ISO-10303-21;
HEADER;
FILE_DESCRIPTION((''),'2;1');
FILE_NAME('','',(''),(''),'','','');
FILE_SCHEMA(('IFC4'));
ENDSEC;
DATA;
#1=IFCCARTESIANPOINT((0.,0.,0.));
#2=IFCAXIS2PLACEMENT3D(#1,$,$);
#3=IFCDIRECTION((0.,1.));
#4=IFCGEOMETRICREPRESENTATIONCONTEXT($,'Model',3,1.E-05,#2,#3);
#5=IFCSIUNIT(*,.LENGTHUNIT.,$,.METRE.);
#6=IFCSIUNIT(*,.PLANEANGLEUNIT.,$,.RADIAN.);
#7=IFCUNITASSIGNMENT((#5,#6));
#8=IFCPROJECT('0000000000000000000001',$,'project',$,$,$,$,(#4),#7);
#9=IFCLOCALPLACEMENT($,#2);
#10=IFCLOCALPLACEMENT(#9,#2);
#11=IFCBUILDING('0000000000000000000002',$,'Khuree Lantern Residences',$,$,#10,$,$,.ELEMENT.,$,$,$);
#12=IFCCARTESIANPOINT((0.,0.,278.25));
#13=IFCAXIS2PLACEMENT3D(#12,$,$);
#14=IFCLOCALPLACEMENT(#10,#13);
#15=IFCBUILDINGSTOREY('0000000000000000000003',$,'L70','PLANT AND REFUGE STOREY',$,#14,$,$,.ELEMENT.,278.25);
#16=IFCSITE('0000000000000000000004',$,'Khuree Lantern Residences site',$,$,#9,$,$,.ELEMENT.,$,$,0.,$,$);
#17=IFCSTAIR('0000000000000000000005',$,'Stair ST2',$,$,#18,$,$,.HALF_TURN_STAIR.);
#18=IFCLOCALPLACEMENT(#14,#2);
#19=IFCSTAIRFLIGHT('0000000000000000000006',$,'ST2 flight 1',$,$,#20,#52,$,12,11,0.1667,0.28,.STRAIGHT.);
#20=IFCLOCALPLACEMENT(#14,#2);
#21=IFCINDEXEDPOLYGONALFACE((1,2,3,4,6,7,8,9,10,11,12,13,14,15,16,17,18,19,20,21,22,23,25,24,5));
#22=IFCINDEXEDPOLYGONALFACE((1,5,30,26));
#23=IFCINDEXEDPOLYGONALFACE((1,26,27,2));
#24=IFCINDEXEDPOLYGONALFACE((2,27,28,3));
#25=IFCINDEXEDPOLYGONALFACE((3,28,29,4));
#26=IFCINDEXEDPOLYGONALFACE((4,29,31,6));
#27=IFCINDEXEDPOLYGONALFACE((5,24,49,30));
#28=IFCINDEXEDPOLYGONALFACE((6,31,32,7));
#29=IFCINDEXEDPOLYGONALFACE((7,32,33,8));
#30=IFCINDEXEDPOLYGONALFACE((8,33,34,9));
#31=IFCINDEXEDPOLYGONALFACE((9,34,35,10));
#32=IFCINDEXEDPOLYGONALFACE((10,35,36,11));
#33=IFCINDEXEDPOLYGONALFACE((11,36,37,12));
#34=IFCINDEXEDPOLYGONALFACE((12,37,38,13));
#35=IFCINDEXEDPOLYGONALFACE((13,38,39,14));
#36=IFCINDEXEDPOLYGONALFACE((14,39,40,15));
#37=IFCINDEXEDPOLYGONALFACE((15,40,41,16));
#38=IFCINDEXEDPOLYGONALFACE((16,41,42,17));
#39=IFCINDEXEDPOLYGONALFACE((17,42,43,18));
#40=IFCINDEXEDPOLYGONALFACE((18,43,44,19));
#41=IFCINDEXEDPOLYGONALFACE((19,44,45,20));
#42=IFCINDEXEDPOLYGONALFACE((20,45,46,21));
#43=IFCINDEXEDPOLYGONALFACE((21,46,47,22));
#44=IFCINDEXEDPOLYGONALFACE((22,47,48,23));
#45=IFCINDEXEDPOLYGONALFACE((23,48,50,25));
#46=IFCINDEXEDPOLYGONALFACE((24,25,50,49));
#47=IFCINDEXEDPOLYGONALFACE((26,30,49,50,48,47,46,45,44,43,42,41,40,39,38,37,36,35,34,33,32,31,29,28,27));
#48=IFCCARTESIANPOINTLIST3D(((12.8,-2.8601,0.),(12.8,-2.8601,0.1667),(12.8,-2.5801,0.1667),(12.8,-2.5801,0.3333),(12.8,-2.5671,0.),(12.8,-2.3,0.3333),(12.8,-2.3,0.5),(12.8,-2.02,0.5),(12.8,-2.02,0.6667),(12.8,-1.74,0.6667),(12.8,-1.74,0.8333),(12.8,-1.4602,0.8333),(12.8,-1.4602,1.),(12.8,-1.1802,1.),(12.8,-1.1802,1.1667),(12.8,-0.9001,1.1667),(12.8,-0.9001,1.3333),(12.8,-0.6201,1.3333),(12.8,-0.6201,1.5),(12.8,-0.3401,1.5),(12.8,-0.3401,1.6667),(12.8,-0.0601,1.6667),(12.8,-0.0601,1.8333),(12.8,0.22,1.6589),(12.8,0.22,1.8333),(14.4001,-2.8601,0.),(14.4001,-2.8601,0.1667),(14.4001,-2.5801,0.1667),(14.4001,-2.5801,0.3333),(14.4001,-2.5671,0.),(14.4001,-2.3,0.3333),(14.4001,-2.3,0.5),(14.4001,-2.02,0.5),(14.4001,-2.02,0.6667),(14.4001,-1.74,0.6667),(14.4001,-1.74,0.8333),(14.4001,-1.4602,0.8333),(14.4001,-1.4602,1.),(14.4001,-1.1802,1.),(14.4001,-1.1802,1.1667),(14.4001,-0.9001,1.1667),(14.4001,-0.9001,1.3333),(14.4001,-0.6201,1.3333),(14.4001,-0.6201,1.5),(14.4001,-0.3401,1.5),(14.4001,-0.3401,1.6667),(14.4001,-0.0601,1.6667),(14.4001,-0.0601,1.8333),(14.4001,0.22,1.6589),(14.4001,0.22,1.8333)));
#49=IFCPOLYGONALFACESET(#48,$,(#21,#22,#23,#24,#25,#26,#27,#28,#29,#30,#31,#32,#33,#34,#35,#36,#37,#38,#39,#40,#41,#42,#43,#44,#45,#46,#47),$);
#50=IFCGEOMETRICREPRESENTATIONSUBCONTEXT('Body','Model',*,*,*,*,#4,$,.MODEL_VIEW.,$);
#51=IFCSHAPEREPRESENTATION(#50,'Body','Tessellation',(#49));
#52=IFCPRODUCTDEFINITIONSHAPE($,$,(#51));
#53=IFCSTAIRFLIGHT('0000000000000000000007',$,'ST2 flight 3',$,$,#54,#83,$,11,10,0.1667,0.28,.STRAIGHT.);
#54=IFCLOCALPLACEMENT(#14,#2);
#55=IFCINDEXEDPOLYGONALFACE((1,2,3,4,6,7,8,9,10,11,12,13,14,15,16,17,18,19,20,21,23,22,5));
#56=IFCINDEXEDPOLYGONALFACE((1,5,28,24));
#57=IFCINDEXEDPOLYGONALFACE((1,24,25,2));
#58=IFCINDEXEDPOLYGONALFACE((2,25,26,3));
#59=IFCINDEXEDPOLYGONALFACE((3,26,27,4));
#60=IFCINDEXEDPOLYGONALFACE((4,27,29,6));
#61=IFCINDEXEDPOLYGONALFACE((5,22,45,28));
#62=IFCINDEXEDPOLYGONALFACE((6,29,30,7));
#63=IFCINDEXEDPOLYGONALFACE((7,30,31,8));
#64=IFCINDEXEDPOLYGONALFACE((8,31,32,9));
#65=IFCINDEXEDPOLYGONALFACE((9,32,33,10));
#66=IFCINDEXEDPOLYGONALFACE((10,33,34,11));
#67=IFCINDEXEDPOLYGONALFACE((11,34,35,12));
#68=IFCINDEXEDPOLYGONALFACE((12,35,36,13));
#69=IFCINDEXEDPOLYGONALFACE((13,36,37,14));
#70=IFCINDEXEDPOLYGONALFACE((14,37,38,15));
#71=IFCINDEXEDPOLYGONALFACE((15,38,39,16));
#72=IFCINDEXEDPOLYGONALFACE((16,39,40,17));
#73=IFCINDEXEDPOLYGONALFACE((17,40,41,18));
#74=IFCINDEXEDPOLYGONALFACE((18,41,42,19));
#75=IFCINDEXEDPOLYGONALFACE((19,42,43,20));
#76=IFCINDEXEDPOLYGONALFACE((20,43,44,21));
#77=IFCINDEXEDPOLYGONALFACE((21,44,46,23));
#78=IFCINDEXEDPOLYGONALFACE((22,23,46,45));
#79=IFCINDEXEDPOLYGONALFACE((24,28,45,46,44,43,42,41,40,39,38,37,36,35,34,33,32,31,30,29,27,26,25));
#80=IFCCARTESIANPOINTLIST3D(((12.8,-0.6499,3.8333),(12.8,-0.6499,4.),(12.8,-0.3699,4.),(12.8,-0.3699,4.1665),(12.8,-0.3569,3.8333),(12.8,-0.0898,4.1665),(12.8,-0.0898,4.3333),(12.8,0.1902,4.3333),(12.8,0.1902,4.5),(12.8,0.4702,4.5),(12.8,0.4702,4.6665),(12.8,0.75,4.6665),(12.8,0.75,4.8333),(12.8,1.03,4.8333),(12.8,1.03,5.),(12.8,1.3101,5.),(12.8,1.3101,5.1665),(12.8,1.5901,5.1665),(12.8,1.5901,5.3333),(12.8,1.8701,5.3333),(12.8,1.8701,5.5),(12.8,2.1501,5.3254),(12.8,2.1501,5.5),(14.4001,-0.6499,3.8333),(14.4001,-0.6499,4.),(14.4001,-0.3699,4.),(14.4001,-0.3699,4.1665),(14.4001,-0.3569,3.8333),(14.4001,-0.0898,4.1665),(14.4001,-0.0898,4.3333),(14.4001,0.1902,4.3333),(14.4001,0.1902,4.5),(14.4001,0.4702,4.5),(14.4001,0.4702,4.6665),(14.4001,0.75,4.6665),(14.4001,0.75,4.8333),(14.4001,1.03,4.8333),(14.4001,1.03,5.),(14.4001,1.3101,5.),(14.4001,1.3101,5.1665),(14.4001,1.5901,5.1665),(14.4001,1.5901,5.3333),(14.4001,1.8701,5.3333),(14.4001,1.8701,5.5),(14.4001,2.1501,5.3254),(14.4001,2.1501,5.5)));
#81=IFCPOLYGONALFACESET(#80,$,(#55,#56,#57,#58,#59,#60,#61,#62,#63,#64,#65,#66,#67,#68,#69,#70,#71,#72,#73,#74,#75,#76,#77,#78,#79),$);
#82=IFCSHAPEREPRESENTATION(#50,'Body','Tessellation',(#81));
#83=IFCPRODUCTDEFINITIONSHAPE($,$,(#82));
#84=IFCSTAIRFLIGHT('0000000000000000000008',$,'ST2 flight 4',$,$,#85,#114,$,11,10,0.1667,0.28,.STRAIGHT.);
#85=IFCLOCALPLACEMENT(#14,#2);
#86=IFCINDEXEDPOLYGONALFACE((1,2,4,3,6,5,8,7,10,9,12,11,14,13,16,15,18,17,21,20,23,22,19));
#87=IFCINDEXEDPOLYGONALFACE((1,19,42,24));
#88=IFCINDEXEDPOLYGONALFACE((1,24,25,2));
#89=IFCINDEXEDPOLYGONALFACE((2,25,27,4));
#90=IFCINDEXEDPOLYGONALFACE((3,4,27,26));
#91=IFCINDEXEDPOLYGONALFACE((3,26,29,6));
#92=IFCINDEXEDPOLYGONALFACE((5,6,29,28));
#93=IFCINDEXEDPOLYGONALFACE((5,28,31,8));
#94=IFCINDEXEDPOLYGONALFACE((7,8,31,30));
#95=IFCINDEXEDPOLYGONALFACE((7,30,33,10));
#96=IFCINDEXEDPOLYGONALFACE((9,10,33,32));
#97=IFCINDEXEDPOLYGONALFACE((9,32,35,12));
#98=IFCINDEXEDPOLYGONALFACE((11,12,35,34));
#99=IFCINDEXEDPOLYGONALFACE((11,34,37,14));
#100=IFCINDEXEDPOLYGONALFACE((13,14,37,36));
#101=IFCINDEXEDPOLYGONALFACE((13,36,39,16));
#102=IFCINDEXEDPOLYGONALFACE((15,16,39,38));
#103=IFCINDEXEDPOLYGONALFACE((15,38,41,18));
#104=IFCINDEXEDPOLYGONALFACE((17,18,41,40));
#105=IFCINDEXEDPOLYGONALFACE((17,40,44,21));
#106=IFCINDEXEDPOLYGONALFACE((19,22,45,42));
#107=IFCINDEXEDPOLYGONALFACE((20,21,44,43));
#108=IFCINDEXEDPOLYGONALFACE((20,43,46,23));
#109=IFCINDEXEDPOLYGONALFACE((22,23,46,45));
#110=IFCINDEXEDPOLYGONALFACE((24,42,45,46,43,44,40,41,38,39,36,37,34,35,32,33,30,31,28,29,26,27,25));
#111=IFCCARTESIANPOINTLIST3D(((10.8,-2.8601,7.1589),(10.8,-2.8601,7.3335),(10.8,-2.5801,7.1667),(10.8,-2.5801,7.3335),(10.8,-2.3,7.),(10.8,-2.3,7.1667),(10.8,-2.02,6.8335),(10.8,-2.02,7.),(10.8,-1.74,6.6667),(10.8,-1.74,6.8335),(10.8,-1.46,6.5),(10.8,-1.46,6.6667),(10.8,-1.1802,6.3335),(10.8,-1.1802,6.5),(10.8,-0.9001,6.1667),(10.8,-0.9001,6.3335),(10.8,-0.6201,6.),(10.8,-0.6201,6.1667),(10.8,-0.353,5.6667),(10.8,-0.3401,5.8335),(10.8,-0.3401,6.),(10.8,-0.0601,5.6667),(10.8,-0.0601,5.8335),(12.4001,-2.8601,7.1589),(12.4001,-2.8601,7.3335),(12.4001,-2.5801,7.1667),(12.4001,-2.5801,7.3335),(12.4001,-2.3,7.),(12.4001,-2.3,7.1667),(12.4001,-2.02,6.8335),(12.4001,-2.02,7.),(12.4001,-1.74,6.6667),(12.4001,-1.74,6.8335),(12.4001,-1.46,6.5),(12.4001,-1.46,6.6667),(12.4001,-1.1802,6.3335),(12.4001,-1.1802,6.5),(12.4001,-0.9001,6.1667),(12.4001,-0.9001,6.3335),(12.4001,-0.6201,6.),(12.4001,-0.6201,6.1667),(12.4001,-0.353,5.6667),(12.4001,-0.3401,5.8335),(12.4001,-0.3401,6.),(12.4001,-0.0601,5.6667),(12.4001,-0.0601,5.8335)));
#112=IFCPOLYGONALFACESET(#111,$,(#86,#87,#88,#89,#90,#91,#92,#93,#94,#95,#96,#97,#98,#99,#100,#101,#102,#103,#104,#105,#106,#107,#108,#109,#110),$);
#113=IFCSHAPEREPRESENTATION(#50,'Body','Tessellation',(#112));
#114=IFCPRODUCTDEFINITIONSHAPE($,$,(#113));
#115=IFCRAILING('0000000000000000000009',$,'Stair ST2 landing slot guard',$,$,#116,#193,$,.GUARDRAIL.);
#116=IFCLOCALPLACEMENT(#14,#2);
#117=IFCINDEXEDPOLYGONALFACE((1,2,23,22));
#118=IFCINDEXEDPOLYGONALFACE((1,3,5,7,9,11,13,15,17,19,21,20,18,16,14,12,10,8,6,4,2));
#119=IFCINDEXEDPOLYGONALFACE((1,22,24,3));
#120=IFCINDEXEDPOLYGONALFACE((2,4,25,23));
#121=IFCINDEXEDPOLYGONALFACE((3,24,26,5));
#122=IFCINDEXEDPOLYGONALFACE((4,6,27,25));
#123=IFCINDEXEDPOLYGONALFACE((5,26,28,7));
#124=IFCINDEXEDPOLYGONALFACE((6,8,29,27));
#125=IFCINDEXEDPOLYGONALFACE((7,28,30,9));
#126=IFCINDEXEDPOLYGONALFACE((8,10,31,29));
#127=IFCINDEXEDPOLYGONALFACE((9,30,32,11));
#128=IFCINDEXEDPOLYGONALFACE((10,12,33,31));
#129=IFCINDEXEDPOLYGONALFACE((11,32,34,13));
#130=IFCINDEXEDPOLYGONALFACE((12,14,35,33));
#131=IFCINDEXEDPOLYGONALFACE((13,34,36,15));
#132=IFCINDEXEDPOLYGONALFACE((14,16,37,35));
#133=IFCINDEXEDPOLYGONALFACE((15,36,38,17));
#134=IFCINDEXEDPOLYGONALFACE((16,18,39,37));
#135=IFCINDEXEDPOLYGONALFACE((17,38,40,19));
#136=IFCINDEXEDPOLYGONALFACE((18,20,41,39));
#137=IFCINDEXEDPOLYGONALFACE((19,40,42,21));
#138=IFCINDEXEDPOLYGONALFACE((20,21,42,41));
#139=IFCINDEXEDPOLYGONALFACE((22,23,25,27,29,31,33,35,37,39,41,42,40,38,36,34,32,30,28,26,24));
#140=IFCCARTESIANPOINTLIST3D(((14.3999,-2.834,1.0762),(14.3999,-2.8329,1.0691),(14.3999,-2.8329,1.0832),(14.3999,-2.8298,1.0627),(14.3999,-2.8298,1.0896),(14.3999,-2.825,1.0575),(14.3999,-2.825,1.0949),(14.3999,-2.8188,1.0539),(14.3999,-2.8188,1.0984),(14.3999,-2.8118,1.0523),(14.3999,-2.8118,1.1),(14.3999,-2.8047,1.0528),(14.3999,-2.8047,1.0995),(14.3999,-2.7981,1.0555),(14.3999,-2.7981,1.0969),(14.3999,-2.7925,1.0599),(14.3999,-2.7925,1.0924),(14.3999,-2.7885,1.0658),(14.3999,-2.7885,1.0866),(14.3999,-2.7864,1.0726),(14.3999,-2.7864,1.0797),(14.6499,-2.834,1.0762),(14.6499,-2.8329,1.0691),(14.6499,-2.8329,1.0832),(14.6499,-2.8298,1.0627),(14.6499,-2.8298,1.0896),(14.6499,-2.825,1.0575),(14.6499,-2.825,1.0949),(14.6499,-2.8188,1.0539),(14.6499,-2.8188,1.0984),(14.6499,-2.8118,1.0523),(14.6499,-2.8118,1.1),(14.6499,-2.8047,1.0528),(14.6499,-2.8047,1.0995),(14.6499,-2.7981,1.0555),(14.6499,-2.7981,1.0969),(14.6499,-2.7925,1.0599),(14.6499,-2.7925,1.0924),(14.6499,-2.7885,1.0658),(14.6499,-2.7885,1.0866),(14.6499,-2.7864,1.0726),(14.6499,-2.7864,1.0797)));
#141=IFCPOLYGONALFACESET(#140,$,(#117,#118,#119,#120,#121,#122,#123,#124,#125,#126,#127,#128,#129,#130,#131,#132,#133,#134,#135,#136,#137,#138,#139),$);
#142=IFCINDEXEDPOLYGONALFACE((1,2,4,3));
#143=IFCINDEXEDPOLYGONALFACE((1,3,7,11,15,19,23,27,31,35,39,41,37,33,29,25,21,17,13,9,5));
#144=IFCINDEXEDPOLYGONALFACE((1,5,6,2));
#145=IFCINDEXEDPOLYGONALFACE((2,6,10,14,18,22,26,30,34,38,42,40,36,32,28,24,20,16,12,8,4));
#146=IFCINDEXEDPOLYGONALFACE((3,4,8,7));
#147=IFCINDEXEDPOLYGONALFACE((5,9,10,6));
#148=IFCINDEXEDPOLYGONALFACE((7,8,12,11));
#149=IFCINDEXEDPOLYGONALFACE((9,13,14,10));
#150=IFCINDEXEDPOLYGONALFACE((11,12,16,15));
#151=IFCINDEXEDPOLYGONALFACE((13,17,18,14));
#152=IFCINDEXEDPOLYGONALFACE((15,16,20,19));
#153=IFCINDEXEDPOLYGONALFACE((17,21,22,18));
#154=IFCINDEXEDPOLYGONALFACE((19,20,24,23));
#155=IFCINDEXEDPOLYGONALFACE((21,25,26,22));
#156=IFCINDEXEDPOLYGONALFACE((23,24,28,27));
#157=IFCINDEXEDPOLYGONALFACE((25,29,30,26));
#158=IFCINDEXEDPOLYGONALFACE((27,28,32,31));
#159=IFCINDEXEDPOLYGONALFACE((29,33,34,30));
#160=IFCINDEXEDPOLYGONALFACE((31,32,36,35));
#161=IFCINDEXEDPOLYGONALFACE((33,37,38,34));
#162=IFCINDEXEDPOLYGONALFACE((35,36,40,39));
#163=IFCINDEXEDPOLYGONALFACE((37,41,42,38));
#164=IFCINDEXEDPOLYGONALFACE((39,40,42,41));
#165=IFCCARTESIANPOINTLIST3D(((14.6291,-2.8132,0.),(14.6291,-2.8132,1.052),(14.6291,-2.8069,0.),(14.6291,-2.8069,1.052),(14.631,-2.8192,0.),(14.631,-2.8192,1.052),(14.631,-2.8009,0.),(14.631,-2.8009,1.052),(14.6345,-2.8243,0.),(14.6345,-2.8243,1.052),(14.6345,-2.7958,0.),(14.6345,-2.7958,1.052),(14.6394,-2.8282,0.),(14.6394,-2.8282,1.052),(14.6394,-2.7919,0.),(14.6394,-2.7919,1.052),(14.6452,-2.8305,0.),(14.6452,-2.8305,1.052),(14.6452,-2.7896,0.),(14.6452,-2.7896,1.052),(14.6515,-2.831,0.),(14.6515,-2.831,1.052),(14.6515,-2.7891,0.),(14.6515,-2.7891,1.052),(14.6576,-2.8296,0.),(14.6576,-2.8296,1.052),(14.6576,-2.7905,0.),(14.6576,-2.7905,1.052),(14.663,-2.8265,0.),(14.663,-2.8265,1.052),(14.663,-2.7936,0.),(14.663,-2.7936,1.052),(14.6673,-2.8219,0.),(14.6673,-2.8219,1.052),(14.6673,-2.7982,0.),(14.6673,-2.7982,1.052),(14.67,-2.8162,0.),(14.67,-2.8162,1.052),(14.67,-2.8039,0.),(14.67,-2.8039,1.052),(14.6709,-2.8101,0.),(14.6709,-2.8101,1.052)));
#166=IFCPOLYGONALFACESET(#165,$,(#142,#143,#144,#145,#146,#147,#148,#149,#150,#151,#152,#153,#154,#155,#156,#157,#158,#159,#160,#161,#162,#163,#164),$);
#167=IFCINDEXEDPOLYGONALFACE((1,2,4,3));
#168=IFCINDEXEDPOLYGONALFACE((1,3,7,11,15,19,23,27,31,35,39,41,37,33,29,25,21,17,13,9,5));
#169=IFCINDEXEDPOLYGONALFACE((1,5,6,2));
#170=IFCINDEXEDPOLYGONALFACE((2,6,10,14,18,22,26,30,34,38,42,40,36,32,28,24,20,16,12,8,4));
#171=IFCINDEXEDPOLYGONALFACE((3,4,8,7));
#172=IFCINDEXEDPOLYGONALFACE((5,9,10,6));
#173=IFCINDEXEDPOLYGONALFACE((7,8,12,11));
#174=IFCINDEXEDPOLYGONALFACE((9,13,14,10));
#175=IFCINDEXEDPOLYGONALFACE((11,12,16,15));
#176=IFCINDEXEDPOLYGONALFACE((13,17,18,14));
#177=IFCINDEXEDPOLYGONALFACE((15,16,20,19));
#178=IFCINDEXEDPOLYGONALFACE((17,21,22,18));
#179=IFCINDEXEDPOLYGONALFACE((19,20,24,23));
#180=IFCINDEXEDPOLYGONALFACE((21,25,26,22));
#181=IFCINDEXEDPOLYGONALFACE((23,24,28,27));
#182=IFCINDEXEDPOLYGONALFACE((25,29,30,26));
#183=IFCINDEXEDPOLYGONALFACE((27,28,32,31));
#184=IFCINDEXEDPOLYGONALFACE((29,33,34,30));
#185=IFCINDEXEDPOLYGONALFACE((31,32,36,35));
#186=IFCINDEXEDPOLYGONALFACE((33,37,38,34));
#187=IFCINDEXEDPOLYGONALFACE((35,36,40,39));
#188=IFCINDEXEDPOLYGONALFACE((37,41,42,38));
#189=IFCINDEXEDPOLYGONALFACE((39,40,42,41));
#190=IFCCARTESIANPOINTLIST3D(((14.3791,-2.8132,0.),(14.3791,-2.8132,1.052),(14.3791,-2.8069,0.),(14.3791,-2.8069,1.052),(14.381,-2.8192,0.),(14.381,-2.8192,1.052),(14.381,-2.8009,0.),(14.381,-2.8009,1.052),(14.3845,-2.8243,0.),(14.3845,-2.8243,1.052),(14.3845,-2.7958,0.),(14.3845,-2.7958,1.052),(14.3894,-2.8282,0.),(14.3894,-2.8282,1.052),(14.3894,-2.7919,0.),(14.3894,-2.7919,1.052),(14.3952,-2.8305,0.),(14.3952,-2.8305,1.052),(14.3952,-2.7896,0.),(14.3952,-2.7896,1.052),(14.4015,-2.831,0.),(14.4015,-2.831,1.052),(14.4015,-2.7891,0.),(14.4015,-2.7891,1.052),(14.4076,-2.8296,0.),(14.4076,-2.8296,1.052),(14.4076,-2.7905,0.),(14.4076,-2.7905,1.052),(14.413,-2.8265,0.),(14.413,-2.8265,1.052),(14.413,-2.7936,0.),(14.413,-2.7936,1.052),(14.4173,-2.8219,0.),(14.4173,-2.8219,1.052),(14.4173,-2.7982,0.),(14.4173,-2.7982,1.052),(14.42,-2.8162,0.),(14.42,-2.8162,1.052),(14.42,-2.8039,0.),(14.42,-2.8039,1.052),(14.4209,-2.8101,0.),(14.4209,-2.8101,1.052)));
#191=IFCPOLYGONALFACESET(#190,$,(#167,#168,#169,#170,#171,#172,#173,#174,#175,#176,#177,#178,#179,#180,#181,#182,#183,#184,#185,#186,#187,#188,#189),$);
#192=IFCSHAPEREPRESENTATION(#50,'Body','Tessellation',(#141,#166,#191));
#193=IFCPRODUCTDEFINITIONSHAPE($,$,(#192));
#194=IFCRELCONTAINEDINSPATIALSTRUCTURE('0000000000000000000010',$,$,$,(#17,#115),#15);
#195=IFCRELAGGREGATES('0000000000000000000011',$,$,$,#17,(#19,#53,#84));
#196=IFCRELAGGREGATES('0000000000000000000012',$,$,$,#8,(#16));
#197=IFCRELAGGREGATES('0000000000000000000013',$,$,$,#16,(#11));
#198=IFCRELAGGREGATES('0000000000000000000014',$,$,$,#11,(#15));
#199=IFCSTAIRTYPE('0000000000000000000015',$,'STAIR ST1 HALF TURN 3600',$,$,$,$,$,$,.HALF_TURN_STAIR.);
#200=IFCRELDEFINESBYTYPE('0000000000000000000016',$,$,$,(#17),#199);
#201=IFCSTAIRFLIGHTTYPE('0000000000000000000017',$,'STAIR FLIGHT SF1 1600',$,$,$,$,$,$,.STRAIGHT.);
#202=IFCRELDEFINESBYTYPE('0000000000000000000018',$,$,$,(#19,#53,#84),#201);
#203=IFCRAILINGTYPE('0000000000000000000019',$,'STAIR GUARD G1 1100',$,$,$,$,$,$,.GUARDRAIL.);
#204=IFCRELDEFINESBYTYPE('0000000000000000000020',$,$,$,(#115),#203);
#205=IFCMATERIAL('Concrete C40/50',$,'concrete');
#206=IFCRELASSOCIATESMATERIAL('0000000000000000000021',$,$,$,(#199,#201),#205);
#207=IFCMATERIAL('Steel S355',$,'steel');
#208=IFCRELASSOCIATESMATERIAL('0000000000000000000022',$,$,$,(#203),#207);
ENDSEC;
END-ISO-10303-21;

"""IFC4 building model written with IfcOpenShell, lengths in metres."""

from ifc_helpers import new_model, si_unit, direction, frame, origin, origin_2d, place, context, subcontext, project, spatial, polyline, circle, outline, extrude, material, type_object, element, aggregate, save


model = new_model("IFC4")

# Units and contexts
model_context = context("Model", 3, precision=1e-05, world=origin(), true_north=direction((0.0, 1.0)))
body_context = subcontext(model_context, "Body", "Model", "MODEL_VIEW")
ifc_project = project(units=[si_unit("LENGTHUNIT", "METRE"), si_unit("PLANEANGLEUNIT", "RADIAN")], contexts=[model_context])

# Site, building, storey
site_placement = place(None, origin())
site = spatial("IfcSite", under=ifc_project, at=site_placement, Name="Khuree Lantern Residences site", CompositionType="ELEMENT", RefElevation=0.0)
building_placement = place(site_placement, origin())
building = spatial("IfcBuilding", under=site, at=building_placement, Name="Khuree Lantern Residences", CompositionType="ELEMENT")
storey_placement = place(building_placement, frame((0.0, 0.0, 278.25)))
storey = spatial("IfcBuildingStorey", under=building, at=storey_placement, Name="L70", Description="PLANT AND REFUGE STOREY", CompositionType="ELEMENT", Elevation=278.25)

# Shared definitions
ifc_material_1 = material(Name="Steel S355", Category="steel")

# Shared definitions
ifc_material_2 = material(Name="Concrete C40/50", Category="concrete")
stair_type = type_object("IfcStairType", Name="STAIR ST1 HALF TURN 3600", PredefinedType="HALF_TURN_STAIR", material=ifc_material_2)

# Stair, stair flights
stair_1_placement = place(storey_placement, origin())
stair_1 = element("IfcStair", 1, at=stair_1_placement, inside=storey, type_object=stair_type, Name="Stair ST2", PredefinedType="HALF_TURN_STAIR")
stair_flight_type = type_object("IfcStairFlightType", Name="STAIR FLIGHT SF1 1600", PredefinedType="STRAIGHT", material=ifc_material_2)
stair_flight_1_placement = place(storey_placement, frame((13.6001, -2.8601, 0.0), z_axis=(0.0, 0.0, 1.0), x_axis=(0.0, 1.0, 0.0)))
stair_flight_1 = element("IfcStairFlight", 2, at=stair_flight_1_placement, type_object=stair_flight_type, Name="ST2 flight 1", NumberOfRisers=12, NumberOfTreads=11, PredefinedType="STRAIGHT", RiserHeight=0.1667, TreadLength=0.28, context=body_context, shape_type="SweptSolid", body=[
    extrude(outline(polyline([(0.0, 0.0), (0.0, 0.1667), (0.28, 0.1667), (0.28, 0.3333), (0.5601, 0.3333), (0.5601, 0.5), (0.8401, 0.5), (0.8401, 0.6667), (1.1201, 0.6667), (1.1201, 0.8333), (1.3999, 0.8333), (1.3999, 1.0), (1.6799, 1.0), (1.6799, 1.1667), (1.96, 1.1667), (1.96, 1.3333), (2.24, 1.3333), (2.24, 1.5), (2.52, 1.5), (2.52, 1.6667), (2.8, 1.6667), (2.8, 1.8333), (3.0801, 1.8333), (3.0801, 2.0), (3.0801, 1.6589), (0.293, 0.0), (0.0, 0.0)])), frame((0.0, 0.8, 0.0), z_axis=(0.0, -1.0, 0.0), x_axis=(1.0, 0.0, 0.0)), (0.0, 0.0, 1.0), 1.6001),
])
stair_flight_2_placement = place(storey_placement, frame((13.6001, -0.6499, 3.8333), z_axis=(0.0, 0.0, 1.0), x_axis=(0.0, 1.0, 0.0)))
stair_flight_2 = element("IfcStairFlight", 3, at=stair_flight_2_placement, type_object=stair_flight_type, Name="ST2 flight 3", NumberOfRisers=11, NumberOfTreads=10, PredefinedType="STRAIGHT", RiserHeight=0.1667, TreadLength=0.28, context=body_context, shape_type="SweptSolid", body=[
    extrude(outline(polyline([(0.0, 0.0), (0.0, 0.1667), (0.28, 0.1667), (0.28, 0.3333), (0.5601, 0.3333), (0.5601, 0.5), (0.8401, 0.5), (0.8401, 0.6667), (1.1201, 0.6667), (1.1201, 0.8333), (1.3999, 0.8333), (1.3999, 1.0), (1.6799, 1.0), (1.6799, 1.1667), (1.96, 1.1667), (1.96, 1.3333), (2.24, 1.3333), (2.24, 1.5), (2.52, 1.5), (2.52, 1.6667), (2.8, 1.6667), (2.8, 1.8333), (2.8, 1.4922), (0.293, 0.0), (0.0, 0.0)])), frame((0.0, 0.8, 0.0), z_axis=(0.0, -1.0, 0.0), x_axis=(1.0, 0.0, 0.0)), (0.0, 0.0, 1.0), 1.6001),
])
stair_flight_3_placement = place(storey_placement, frame((11.6001, -0.0601, 5.6667), z_axis=(0.0, 0.0, 1.0), x_axis=(0.0, -1.0, 0.0)))
stair_flight_3 = element("IfcStairFlight", 4, at=stair_flight_3_placement, type_object=stair_flight_type, Name="ST2 flight 4", NumberOfRisers=11, NumberOfTreads=10, PredefinedType="STRAIGHT", RiserHeight=0.1667, TreadLength=0.28, context=body_context, shape_type="SweptSolid", body=[
    extrude(outline(polyline([(0.0, 0.0), (0.0, 0.1667), (0.28, 0.1667), (0.28, 0.3333), (0.5601, 0.3333), (0.5601, 0.5), (0.8401, 0.5), (0.8401, 0.6667), (1.1201, 0.6667), (1.1201, 0.8333), (1.3999, 0.8333), (1.3999, 1.0), (1.6799, 1.0), (1.6799, 1.1667), (1.96, 1.1667), (1.96, 1.3333), (2.24, 1.3333), (2.24, 1.5), (2.52, 1.5), (2.52, 1.6667), (2.8, 1.6667), (2.8, 1.8333), (2.8, 1.4922), (0.293, 0.0), (0.0, 0.0)])), frame((0.0, 0.8, 0.0), z_axis=(0.0, -1.0, 0.0), x_axis=(1.0, 0.0, 0.0)), (0.0, 0.0, 1.0), 1.6001),
])
aggregate(stair_1, [stair_flight_1, stair_flight_2, stair_flight_3])

# Railing
railing_type_1 = type_object("IfcRailingType", Name="STAIR GUARD G1 1100", PredefinedType="GUARDRAIL", material=ifc_material_1)
for number, where, name in (
    (5, (14.6499, -2.8101, 0.0), "Stair ST2 landing slot guard"),
):
    element("IfcRailing", number, at=place(storey_placement, frame(where)), inside=storey, type_object=railing_type_1, Name=name, PredefinedType="GUARDRAIL", context=body_context, shape_type="SweptSolid", body=[
        extrude(circle(Radius=0.0239, at=origin_2d()), frame((0.0, 0.0, 1.0762), z_axis=(-1.0, 0.0, 0.0), x_axis=(0.0, -1.0, 0.0)), (0.0, 0.0, 1.0), 0.25),
        extrude(circle(Radius=0.021, at=origin_2d()), origin(), (0.0, 0.0, 1.0), 1.052),
        extrude(circle(Radius=0.021, at=origin_2d()), frame((-0.25, 0.0, 0.0)), (0.0, 0.0, 1.0), 1.052),
    ])

save(model, "model.ifc")
